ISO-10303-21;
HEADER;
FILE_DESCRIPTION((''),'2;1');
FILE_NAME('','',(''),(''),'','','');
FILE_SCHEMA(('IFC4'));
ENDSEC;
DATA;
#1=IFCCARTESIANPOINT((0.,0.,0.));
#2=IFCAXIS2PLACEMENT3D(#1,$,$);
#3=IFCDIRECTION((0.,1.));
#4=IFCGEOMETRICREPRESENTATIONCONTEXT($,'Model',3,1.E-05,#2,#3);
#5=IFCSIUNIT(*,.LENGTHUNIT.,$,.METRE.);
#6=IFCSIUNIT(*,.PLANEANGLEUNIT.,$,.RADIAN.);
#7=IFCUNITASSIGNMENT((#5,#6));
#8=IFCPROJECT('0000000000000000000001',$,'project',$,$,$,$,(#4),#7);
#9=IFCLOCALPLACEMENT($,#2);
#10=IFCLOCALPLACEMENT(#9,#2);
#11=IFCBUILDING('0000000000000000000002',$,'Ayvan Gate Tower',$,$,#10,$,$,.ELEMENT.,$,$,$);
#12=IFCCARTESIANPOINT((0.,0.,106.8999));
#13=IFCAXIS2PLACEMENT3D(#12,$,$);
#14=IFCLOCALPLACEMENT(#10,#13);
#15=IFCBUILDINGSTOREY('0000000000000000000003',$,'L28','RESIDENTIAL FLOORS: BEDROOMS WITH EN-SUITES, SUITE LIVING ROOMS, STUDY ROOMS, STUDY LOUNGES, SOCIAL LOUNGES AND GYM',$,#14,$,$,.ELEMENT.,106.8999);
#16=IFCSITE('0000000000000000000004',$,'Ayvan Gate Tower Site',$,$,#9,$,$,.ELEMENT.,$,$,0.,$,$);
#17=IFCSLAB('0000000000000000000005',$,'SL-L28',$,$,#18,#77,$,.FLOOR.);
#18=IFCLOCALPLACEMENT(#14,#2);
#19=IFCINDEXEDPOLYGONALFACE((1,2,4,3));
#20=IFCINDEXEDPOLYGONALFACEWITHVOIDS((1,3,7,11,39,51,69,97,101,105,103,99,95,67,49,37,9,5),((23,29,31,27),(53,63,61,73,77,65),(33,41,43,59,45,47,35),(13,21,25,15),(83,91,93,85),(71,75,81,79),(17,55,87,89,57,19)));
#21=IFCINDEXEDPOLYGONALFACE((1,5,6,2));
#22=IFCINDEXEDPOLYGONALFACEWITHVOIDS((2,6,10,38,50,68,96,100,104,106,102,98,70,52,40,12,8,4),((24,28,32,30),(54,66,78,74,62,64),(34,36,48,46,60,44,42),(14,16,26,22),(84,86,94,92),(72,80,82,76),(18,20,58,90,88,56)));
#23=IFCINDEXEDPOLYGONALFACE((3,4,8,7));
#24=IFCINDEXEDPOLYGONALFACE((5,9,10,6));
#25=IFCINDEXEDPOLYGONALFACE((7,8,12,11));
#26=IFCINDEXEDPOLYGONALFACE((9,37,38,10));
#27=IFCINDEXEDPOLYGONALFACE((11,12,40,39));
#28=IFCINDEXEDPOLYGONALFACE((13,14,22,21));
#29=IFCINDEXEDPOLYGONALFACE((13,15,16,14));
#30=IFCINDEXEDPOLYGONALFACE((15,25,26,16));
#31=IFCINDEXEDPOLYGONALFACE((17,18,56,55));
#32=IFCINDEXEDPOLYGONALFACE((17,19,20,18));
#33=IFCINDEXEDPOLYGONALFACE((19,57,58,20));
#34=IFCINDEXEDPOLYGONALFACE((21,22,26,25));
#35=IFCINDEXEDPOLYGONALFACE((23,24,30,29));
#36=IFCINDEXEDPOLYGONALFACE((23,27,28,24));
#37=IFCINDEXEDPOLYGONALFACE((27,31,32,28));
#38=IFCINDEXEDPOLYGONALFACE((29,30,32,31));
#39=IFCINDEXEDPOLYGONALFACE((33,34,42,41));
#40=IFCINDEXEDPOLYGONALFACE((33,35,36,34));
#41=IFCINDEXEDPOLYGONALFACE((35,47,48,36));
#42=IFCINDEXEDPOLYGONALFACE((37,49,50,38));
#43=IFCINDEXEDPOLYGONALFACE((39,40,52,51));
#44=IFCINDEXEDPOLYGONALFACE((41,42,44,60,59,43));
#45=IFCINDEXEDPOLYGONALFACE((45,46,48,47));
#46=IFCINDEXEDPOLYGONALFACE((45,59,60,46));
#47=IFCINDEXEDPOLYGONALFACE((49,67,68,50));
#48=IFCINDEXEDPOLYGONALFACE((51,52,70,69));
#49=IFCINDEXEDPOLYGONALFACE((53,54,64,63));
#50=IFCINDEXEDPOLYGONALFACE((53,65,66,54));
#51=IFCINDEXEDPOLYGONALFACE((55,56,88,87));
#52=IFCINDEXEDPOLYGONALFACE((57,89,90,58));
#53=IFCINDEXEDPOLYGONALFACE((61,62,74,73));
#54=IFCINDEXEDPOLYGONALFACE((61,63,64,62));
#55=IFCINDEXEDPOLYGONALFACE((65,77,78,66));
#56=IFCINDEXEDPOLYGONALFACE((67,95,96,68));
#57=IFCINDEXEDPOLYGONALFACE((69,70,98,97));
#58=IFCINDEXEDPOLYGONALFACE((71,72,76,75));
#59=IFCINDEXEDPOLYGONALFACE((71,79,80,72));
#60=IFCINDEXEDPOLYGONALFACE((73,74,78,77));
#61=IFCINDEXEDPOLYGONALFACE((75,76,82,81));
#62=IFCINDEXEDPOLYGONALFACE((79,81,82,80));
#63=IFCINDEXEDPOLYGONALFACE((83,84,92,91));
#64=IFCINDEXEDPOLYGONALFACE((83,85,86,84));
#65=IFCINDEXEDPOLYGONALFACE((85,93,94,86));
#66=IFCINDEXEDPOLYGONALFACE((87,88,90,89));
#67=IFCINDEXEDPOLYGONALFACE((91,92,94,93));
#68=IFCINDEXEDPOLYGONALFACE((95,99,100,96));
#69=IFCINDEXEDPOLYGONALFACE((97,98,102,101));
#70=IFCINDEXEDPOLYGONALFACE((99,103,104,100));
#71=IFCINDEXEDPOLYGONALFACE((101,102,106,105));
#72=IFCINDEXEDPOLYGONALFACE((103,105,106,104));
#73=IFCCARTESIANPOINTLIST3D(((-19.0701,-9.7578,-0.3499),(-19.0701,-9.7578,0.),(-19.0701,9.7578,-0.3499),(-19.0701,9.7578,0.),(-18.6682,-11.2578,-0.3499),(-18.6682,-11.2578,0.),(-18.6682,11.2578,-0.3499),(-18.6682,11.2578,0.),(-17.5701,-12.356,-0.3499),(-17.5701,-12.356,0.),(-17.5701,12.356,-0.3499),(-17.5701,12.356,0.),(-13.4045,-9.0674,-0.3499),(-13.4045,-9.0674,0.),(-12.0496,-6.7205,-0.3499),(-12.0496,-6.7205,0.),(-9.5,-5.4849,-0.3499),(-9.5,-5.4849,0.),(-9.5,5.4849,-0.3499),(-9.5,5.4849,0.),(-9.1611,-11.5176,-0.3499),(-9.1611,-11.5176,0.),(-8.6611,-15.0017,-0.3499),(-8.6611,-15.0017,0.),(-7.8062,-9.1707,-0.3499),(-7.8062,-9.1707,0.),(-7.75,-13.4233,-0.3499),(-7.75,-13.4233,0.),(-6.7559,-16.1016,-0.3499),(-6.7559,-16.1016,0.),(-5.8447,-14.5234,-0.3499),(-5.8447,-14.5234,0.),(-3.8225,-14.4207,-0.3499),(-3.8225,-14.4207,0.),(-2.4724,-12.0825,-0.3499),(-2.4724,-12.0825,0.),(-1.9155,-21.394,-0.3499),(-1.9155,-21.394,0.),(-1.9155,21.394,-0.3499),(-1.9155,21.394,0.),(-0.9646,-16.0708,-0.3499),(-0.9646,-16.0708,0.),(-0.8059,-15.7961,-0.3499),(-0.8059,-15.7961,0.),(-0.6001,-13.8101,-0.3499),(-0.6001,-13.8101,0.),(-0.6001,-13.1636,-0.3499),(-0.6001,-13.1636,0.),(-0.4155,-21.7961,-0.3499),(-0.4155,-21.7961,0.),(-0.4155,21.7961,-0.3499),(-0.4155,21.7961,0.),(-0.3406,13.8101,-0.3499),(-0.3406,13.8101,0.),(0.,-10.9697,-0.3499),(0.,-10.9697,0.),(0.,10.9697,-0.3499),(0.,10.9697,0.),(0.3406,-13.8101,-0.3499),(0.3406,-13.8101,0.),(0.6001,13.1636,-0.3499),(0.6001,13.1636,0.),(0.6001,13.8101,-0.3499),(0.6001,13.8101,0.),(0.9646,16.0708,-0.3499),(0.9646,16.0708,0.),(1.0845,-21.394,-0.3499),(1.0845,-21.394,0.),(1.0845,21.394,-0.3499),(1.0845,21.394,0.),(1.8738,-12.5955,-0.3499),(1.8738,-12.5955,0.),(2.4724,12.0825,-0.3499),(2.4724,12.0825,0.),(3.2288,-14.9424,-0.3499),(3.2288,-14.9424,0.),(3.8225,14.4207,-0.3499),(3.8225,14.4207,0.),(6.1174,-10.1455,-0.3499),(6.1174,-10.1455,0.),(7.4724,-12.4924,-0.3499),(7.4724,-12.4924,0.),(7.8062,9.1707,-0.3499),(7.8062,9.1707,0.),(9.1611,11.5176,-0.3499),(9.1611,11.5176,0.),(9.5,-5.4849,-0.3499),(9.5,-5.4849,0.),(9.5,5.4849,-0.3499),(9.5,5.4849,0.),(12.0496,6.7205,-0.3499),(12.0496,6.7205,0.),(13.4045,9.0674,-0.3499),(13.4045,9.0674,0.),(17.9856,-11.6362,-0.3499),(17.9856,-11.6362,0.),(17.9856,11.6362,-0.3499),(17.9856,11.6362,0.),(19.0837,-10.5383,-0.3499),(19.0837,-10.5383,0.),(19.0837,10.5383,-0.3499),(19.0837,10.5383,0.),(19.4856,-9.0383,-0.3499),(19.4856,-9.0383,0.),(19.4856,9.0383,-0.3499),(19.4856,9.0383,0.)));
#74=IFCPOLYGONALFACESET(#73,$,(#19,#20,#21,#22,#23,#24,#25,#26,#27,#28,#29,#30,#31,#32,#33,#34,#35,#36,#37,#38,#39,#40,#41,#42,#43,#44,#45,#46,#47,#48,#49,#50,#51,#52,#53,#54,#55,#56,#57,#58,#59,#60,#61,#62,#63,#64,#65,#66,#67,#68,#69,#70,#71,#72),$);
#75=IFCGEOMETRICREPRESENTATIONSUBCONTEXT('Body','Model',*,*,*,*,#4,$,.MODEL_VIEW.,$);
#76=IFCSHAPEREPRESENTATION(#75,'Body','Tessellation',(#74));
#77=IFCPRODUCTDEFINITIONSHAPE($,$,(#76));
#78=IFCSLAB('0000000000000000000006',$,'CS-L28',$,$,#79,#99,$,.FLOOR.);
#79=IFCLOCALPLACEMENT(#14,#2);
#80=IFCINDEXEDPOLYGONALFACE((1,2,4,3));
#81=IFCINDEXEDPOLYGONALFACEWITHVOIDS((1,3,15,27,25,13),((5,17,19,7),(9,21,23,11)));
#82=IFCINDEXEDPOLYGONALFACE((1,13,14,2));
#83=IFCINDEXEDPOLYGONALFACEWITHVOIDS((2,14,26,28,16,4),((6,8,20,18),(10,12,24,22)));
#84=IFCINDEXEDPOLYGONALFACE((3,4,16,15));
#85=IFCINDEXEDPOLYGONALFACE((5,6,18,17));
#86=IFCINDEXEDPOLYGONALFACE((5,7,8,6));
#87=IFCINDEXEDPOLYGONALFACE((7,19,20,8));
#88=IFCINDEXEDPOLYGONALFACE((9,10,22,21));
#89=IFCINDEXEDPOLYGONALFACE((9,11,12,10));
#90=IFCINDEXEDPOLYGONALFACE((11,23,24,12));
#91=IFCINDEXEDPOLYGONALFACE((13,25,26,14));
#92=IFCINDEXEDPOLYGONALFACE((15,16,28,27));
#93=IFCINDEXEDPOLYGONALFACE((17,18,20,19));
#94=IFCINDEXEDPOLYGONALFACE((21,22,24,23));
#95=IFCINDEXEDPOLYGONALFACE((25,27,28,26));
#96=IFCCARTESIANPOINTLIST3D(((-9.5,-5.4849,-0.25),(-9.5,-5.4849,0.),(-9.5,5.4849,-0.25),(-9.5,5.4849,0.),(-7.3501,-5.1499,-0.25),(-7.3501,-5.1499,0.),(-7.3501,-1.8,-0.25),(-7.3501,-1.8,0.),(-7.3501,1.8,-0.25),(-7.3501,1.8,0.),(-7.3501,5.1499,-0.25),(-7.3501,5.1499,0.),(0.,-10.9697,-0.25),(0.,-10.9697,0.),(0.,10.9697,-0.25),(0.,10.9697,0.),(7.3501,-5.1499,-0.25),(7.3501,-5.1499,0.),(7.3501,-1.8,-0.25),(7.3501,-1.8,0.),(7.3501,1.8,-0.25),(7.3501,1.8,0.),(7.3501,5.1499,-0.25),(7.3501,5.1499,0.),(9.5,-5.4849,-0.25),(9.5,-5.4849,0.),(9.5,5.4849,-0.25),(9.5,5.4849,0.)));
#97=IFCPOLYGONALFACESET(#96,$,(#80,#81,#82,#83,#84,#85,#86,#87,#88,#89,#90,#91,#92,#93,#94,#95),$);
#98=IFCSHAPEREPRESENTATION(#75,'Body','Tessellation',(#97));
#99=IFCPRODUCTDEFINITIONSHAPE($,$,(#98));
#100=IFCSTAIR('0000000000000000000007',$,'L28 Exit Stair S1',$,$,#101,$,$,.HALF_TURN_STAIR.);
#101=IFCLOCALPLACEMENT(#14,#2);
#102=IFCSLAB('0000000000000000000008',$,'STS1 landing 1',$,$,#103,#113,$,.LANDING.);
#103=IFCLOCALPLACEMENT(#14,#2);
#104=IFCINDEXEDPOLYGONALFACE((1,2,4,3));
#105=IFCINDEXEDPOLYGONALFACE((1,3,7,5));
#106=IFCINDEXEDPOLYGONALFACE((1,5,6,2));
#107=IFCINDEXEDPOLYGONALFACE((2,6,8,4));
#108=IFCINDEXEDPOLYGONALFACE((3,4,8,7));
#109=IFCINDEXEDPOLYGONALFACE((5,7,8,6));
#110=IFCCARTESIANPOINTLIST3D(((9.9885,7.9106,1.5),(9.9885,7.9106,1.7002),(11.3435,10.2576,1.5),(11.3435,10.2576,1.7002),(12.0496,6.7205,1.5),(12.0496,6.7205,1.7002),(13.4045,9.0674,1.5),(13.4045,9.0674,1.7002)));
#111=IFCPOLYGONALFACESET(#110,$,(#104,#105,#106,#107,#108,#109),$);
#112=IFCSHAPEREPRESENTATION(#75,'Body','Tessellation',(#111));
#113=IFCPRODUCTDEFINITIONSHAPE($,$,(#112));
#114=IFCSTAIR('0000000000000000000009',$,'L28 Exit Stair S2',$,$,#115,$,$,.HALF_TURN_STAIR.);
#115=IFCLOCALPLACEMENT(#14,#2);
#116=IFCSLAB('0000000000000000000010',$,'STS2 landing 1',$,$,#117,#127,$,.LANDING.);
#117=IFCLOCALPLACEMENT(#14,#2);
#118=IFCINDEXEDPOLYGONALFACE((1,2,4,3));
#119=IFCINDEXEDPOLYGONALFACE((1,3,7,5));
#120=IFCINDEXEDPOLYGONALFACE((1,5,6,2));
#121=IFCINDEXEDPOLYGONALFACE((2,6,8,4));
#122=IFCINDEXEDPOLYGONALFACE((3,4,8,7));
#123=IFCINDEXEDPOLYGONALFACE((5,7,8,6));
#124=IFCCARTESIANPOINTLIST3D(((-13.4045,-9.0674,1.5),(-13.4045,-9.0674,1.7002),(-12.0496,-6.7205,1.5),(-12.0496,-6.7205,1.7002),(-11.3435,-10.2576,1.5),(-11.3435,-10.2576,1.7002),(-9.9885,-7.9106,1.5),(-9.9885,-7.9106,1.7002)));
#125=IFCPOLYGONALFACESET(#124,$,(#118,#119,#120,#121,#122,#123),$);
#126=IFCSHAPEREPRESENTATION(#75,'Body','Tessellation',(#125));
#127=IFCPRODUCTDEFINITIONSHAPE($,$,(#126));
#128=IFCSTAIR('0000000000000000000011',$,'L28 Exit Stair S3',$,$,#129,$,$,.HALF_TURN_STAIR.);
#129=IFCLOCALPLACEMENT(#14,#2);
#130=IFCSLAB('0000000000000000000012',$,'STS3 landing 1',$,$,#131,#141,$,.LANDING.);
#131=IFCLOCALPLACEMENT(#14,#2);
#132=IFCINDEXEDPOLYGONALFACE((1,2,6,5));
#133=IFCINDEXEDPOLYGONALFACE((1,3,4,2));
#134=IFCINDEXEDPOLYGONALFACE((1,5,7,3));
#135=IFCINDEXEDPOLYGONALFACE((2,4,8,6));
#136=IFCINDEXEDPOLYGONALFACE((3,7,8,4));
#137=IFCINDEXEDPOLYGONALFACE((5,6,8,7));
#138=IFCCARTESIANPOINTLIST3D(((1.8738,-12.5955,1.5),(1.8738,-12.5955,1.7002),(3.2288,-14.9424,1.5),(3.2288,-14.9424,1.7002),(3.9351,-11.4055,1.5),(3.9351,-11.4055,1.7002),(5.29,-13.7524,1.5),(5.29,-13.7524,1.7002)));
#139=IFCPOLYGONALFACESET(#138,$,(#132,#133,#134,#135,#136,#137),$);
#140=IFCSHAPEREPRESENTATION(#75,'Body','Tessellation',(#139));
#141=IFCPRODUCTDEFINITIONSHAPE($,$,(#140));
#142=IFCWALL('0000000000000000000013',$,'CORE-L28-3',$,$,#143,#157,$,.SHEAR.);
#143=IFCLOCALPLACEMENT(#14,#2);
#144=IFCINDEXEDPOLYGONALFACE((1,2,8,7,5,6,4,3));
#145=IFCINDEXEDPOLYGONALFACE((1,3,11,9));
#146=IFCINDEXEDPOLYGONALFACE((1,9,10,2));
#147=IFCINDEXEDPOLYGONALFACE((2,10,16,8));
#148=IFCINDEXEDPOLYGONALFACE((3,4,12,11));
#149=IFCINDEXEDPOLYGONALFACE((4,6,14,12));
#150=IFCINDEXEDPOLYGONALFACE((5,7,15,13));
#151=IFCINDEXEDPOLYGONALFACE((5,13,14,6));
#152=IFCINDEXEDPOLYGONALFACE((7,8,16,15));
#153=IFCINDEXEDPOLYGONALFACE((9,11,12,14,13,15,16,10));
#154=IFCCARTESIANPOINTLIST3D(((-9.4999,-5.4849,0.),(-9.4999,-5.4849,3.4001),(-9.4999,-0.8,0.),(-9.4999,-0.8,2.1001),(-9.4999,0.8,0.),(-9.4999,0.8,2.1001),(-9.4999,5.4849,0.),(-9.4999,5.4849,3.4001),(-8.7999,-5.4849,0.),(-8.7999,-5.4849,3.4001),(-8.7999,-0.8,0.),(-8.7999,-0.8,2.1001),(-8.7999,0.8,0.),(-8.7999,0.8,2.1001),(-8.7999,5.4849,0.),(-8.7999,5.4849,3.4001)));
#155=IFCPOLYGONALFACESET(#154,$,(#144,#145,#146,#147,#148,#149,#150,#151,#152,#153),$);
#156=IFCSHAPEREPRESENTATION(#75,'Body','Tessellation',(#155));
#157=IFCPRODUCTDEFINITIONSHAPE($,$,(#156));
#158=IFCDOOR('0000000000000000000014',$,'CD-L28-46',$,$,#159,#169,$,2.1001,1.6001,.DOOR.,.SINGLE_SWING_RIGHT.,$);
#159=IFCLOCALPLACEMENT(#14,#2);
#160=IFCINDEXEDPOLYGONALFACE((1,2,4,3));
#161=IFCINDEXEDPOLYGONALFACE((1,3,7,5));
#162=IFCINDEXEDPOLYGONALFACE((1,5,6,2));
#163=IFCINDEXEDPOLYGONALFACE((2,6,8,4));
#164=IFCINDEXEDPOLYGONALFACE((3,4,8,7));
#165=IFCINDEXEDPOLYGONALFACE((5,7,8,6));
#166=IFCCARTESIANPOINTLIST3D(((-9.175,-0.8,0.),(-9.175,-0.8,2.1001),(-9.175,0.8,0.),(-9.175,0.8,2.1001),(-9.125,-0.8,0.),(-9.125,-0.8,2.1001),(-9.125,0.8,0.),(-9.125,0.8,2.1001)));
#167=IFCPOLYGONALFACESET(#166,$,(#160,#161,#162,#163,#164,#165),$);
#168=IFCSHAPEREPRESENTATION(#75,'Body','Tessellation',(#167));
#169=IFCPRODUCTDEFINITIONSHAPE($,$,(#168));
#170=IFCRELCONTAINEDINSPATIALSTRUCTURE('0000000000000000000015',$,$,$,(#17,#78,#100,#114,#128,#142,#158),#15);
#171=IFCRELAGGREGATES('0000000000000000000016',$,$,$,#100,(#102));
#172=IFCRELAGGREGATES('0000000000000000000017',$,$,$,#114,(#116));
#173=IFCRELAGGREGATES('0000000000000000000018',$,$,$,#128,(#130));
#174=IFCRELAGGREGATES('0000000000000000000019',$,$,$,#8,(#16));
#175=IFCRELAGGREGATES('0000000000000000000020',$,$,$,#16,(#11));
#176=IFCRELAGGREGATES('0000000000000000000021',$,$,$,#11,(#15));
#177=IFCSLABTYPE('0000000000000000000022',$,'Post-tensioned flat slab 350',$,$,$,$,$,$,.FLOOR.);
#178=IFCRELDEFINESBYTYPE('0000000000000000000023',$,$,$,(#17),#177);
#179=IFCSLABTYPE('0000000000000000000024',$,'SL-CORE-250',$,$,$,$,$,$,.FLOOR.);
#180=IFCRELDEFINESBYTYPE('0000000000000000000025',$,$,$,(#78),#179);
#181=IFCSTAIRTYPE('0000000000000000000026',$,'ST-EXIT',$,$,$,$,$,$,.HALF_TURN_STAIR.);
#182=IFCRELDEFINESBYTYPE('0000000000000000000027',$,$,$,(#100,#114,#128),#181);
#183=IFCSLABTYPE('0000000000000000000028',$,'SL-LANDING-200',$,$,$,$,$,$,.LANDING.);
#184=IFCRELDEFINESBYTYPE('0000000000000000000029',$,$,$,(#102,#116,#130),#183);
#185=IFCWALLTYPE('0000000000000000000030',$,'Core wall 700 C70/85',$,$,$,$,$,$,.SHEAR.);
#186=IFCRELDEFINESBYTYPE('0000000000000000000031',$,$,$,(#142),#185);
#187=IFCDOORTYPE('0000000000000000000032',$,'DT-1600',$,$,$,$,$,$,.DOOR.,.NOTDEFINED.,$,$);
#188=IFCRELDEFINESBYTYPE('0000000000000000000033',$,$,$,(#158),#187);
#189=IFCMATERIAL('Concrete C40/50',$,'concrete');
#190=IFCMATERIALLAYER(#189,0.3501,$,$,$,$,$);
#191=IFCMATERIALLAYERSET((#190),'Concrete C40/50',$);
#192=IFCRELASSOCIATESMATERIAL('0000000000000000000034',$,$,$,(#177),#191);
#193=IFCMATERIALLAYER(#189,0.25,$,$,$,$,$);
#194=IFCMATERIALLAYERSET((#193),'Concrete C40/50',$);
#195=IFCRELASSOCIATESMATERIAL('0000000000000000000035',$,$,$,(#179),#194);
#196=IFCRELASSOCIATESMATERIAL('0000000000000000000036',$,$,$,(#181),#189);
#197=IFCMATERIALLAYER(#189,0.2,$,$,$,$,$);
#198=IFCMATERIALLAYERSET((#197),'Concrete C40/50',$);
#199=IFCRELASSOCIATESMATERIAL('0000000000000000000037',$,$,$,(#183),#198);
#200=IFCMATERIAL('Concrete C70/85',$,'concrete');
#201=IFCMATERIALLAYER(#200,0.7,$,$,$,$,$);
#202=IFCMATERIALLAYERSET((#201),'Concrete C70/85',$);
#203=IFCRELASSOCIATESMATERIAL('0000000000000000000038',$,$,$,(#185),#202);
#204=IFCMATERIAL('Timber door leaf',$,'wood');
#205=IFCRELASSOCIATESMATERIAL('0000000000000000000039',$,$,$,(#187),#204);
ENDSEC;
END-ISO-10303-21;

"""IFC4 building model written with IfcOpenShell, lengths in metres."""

from ifc_helpers import new_model, si_unit, direction, frame, frame_2d, origin, place, context, subcontext, project, spatial, polyline, rectangle, outline, extrude, material, layer, layer_set, type_object, element, fill, aggregate, save


model = new_model("IFC4")

# Units and contexts
model_context = context("Model", 3, precision=1e-05, world=origin(), true_north=direction((0.0, 1.0)))
body_context = subcontext(model_context, "Body", "Model", "MODEL_VIEW")
ifc_project = project(units=[si_unit("LENGTHUNIT", "METRE"), si_unit("PLANEANGLEUNIT", "RADIAN")], contexts=[model_context])

# Site, building, storey
site_placement = place(None, origin())
site = spatial("IfcSite", under=ifc_project, at=site_placement, Name="Ayvan Gate Tower Site", CompositionType="ELEMENT", RefElevation=0.0)
building_placement = place(site_placement, origin())
building = spatial("IfcBuilding", under=site, at=building_placement, Name="Ayvan Gate Tower", CompositionType="ELEMENT")
storey_placement = place(building_placement, frame((0.0, 0.0, 106.8999)))
storey = spatial("IfcBuildingStorey", under=building, at=storey_placement, Name="L28", Description="RESIDENTIAL FLOORS: BEDROOMS WITH EN-SUITES, SUITE LIVING ROOMS, STUDY ROOMS, STUDY LOUNGES, SOCIAL LOUNGES AND GYM", CompositionType="ELEMENT", Elevation=106.8999)

# Slabs
ifc_material_1 = material(Name="Concrete C40/50", Category="concrete")
ifc_layer_1 = layer(ifc_material_1, 0.3501)
ifc_layer_set_1 = layer_set([ifc_layer_1], Name="Concrete C40/50")
slab_type_1 = type_object("IfcSlabType", Name="Post-tensioned flat slab 350", PredefinedType="FLOOR", material=ifc_layer_set_1)
slab_1_placement = place(storey_placement, frame((0.0, 0.0, -0.3499)))
element("IfcSlab", 1, at=slab_1_placement, inside=storey, type_object=slab_type_1, Name="SL-L28", PredefinedType="FLOOR", context=body_context, shape_type="SweptSolid", body=[
    extrude(outline(polyline([(-0.4155, -21.7961), (-1.9155, -21.394), (-17.5701, -12.356), (-18.6682, -11.2578), (-19.0701, -9.7578), (-19.0701, 9.7578), (-18.6682, 11.2578), (-17.5701, 12.356), (-1.9155, 21.394), (-0.4155, 21.7961), (1.0845, 21.394), (17.9856, 11.6362), (19.0837, 10.5383), (19.4856, 9.0383), (19.4856, -9.0383), (19.0837, -10.5383), (17.9856, -11.6362), (1.0845, -21.394), (-0.4155, -21.7961)]), holes=[polyline([(13.4045, 9.0674), (9.1611, 11.5176), (7.8062, 9.1707), (12.0496, 6.7205), (13.4045, 9.0674)]), polyline([(0.0, 10.9697), (-9.5, 5.4849), (-9.5, -5.4849), (0.0, -10.9697), (9.5, -5.4849), (9.5, 5.4849), (0.0, 10.9697)]), polyline([(3.2288, -14.9424), (7.4724, -12.4924), (6.1174, -10.1455), (1.8738, -12.5955), (3.2288, -14.9424)]), polyline([(2.4724, 12.0825), (3.8225, 14.4207), (0.9646, 16.0708), (-0.3406, 13.8101), (0.6001, 13.8101), (0.6001, 13.1636), (2.4724, 12.0825)]), polyline([(0.3406, -13.8101), (-0.6001, -13.8101), (-0.6001, -13.1636), (-2.4724, -12.0825), (-3.8225, -14.4207), (-0.9646, -16.0708), (-0.8059, -15.7961), (0.3406, -13.8101)]), polyline([(-5.8447, -14.5234), (-7.75, -13.4233), (-8.6611, -15.0017), (-6.7559, -16.1016), (-5.8447, -14.5234)]), polyline([(-7.8062, -9.1707), (-12.0496, -6.7205), (-13.4045, -9.0674), (-9.1611, -11.5176), (-7.8062, -9.1707)])]), origin(), (0.0, 0.0, 1.0), 0.3499),
])
ifc_layer_2 = layer(ifc_material_1, 0.25)
ifc_layer_set_2 = layer_set([ifc_layer_2], Name="Concrete C40/50")
slab_type_2 = type_object("IfcSlabType", Name="SL-CORE-250", PredefinedType="FLOOR", material=ifc_layer_set_2)
slab_2_placement = place(storey_placement, frame((0.0, 0.0, -0.25)))
element("IfcSlab", 2, at=slab_2_placement, inside=storey, type_object=slab_type_2, Name="CS-L28", PredefinedType="FLOOR", context=body_context, shape_type="SweptSolid", body=[
    extrude(outline(polyline([(9.5, -5.4849), (0.0, -10.9697), (-9.5, -5.4849), (-9.5, 5.4849), (0.0, 10.9697), (9.5, 5.4849), (9.5, -5.4849)]), holes=[polyline([(-7.3501, -1.8), (-7.3501, -5.1499), (7.3501, -5.1499), (7.3501, -1.8), (-7.3501, -1.8)]), polyline([(-7.3501, 5.1499), (-7.3501, 1.8), (7.3501, 1.8), (7.3501, 5.1499), (-7.3501, 5.1499)])]), origin(), (0.0, 0.0, 1.0), 0.25),
])

# Stairs, slabs
stair_type = type_object("IfcStairType", Name="ST-EXIT", PredefinedType="HALF_TURN_STAIR", material=ifc_material_1)
stair_1_placement = place(storey_placement, origin())
stair_1 = element("IfcStair", 3, at=stair_1_placement, inside=storey, type_object=stair_type, Name="L28 Exit Stair S1", PredefinedType="HALF_TURN_STAIR")
ifc_layer_3 = layer(ifc_material_1, 0.2)
ifc_layer_set_3 = layer_set([ifc_layer_3], Name="Concrete C40/50")
slab_type_3 = type_object("IfcSlabType", Name="SL-LANDING-200", PredefinedType="LANDING", material=ifc_layer_set_3)
slab_3_placement = place(storey_placement, frame((0.0, 0.0, 1.5)))
slab_3 = element("IfcSlab", 4, at=slab_3_placement, type_object=slab_type_3, Name="STS1 landing 1", PredefinedType="LANDING", context=body_context, shape_type="SweptSolid", body=[
    extrude(outline(polyline([(9.9885, 7.9106), (12.0496, 6.7205), (13.4045, 9.0674), (11.3435, 10.2576), (9.9885, 7.9106)])), origin(), (0.0, 0.0, 1.0), 0.2002),
])
aggregate(stair_1, [slab_3])
stair_2_placement = place(storey_placement, origin())
stair_2 = element("IfcStair", 5, at=stair_2_placement, inside=storey, type_object=stair_type, Name="L28 Exit Stair S2", PredefinedType="HALF_TURN_STAIR")
slab_4_placement = place(storey_placement, frame((0.0, 0.0, 1.5)))
slab_4 = element("IfcSlab", 6, at=slab_4_placement, type_object=slab_type_3, Name="STS2 landing 1", PredefinedType="LANDING", context=body_context, shape_type="SweptSolid", body=[
    extrude(outline(polyline([(-9.9885, -7.9106), (-12.0496, -6.7205), (-13.4045, -9.0674), (-11.3435, -10.2576), (-9.9885, -7.9106)])), origin(), (0.0, 0.0, 1.0), 0.2002),
])
aggregate(stair_2, [slab_4])
stair_3_placement = place(storey_placement, origin())
stair_3 = element("IfcStair", 7, at=stair_3_placement, inside=storey, type_object=stair_type, Name="L28 Exit Stair S3", PredefinedType="HALF_TURN_STAIR")
slab_5_placement = place(storey_placement, frame((0.0, 0.0, 1.5)))
slab_5 = element("IfcSlab", 8, at=slab_5_placement, type_object=slab_type_3, Name="STS3 landing 1", PredefinedType="LANDING", context=body_context, shape_type="SweptSolid", body=[
    extrude(outline(polyline([(3.9351, -11.4055), (1.8738, -12.5955), (3.2288, -14.9424), (5.29, -13.7524), (3.9351, -11.4055)])), origin(), (0.0, 0.0, 1.0), 0.2002),
])
aggregate(stair_3, [slab_5])

# Wall, opening, door
ifc_material_2 = material(Name="Concrete C70/85", Category="concrete")
ifc_layer_4 = layer(ifc_material_2, 0.7)
ifc_layer_set_4 = layer_set([ifc_layer_4], Name="Concrete C70/85")
wall_type_1 = type_object("IfcWallType", Name="Core wall 700 C70/85", PredefinedType="SHEAR", material=ifc_layer_set_4)
wall_1_placement = place(storey_placement, frame((-9.1499, 5.4849, 0.0), z_axis=(0.0, 0.0, 1.0), x_axis=(0.0, -1.0, 0.0)))
wall_1 = element("IfcWall", 9, at=wall_1_placement, inside=storey, type_object=wall_type_1, Name="CORE-L28-3", PredefinedType="SHEAR", context=body_context, shape_type="SweptSolid", body=[
    extrude(rectangle(XDim=10.9697, YDim=0.7, at=frame_2d((5.4849, 0.0))), origin(), (0.0, 0.0, 1.0), 3.4001),
])
opening_1_placement = place(wall_1_placement, frame((4.6848, 0.0, 0.0)))
opening_1 = element("IfcOpeningElement", 10, at=opening_1_placement, cuts=wall_1, PredefinedType="OPENING", context=body_context, shape_type="SweptSolid", body=[
    extrude(rectangle(XDim=1.6001, YDim=2.1001, at=frame_2d((0.8, 1.05))), frame((0.0, 0.3599, 0.0), z_axis=(0.0, -1.0, 0.0), x_axis=(1.0, 0.0, 0.0)), (0.0, 0.0, 1.0), 0.72),
])
ifc_material_3 = material(Name="Timber door leaf", Category="wood")
door_type_1 = type_object("IfcDoorType", Name="DT-1600", OperationType="NOTDEFINED", PredefinedType="DOOR", material=ifc_material_3)
door_1_placement = place(opening_1_placement, origin())
door_1 = element("IfcDoor", 11, at=door_1_placement, inside=storey, type_object=door_type_1, Name="CD-L28-46", OperationType="SINGLE_SWING_RIGHT", OverallHeight=2.1001, OverallWidth=1.6001, PredefinedType="DOOR", context=body_context, shape_type="SweptSolid", body=[
    extrude(rectangle(XDim=1.6001, YDim=2.1001, at=frame_2d((0.8, 1.05))), frame((0.0, 0.0249, 0.0), z_axis=(0.0, -1.0, 0.0), x_axis=(1.0, 0.0, 0.0)), (0.0, 0.0, 1.0), 0.05),
])
fill(opening_1, door_1)

save(model, "model.ifc")
